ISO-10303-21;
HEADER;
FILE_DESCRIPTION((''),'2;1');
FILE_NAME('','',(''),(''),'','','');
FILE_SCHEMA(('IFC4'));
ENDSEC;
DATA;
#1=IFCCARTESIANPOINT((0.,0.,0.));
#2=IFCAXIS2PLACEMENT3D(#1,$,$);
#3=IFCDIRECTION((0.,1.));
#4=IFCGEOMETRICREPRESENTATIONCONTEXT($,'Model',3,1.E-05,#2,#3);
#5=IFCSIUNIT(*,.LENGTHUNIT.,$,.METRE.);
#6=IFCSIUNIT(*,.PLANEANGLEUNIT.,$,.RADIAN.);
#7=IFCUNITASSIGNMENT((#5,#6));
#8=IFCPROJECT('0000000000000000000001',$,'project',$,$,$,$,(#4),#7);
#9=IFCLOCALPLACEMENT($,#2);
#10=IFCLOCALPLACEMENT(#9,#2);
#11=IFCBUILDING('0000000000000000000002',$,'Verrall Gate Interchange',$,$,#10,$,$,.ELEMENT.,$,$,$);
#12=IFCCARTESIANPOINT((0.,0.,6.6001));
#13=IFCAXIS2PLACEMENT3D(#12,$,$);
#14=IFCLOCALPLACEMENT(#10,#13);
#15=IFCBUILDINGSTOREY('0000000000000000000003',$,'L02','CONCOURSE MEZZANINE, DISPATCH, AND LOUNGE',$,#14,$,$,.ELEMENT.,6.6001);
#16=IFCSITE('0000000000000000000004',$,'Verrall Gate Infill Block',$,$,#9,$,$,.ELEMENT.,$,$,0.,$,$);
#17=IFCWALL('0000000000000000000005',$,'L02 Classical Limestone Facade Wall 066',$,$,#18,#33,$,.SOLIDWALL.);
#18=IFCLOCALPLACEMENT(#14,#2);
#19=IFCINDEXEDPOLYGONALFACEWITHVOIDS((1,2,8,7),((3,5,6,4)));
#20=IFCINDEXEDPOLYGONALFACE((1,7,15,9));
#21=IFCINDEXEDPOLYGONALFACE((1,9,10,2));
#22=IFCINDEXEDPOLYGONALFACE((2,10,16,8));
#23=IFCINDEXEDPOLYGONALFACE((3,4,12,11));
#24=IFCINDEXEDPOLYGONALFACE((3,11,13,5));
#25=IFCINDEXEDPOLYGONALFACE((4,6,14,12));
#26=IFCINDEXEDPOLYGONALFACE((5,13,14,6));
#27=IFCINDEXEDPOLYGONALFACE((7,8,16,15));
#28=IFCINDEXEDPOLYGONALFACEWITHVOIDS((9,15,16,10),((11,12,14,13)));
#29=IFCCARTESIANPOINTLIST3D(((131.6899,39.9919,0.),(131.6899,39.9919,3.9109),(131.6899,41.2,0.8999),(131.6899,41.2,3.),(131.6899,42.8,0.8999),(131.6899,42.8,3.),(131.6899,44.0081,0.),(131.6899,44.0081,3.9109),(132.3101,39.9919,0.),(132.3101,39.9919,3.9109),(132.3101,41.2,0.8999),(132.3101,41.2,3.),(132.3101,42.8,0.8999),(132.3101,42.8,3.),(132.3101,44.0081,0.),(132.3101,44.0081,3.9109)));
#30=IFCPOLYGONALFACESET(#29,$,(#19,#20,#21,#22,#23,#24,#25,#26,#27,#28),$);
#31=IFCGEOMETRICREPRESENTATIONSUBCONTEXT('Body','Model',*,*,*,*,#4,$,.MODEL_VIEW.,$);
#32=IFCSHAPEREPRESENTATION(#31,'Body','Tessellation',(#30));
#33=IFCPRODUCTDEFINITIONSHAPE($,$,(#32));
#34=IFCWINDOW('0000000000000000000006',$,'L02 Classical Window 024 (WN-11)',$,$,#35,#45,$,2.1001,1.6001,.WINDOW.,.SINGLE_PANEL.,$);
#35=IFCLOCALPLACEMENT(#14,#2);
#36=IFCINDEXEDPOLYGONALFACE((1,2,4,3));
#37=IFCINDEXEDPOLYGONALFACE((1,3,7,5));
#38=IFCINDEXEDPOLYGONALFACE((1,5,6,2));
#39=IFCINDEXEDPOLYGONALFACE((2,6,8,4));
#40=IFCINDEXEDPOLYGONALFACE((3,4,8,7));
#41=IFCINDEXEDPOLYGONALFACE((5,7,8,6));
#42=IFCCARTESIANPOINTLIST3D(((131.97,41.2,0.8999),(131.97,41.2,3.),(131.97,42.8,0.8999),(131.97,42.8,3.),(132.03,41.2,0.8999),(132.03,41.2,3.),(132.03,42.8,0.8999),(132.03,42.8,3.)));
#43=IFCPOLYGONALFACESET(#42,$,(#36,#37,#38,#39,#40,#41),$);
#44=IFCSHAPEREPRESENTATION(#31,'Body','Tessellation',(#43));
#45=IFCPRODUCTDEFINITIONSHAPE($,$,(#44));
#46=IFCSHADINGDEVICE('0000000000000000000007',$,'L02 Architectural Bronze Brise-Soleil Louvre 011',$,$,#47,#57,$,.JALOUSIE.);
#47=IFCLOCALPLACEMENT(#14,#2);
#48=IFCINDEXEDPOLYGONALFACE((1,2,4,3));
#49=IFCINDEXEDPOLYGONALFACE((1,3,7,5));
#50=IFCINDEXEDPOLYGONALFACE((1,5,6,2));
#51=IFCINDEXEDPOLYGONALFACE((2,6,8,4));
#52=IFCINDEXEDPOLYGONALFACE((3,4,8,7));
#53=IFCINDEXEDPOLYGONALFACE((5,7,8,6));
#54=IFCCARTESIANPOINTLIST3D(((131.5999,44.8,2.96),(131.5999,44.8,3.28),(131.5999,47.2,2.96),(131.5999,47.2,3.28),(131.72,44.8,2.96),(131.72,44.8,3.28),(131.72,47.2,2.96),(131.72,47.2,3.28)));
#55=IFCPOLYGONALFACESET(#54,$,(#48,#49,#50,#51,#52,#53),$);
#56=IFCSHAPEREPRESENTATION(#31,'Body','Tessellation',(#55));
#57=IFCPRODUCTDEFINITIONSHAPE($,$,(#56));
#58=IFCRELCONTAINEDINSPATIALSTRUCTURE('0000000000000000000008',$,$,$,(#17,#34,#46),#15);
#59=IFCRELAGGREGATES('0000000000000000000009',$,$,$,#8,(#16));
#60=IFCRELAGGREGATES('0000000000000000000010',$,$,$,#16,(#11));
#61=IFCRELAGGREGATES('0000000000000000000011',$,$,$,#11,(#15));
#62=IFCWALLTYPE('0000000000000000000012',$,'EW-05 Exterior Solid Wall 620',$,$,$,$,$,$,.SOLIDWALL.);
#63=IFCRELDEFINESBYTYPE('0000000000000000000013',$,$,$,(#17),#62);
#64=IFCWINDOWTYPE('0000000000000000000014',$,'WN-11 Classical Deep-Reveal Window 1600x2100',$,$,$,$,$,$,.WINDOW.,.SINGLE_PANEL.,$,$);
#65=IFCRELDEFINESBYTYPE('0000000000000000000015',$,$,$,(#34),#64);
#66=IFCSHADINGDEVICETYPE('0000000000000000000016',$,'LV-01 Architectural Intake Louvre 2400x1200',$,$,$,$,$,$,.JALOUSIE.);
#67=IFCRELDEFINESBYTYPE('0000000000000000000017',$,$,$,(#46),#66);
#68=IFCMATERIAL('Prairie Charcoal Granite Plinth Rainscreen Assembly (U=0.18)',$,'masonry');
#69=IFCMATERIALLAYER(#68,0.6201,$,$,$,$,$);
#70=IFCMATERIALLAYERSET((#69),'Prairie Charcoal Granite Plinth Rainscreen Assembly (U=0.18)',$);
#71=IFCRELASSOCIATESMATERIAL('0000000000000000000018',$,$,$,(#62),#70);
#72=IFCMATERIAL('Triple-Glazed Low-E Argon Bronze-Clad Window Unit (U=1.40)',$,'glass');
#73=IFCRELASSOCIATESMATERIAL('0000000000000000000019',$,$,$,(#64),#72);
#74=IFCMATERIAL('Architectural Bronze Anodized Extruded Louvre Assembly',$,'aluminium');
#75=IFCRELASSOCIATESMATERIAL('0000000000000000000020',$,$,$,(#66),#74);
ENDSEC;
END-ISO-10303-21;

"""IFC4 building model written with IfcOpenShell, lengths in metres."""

from ifc_helpers import new_model, si_unit, direction, frame, frame_2d, origin, origin_2d, place, context, subcontext, project, spatial, rectangle, extrude, material, layer, layer_set, type_object, element, fill, save


model = new_model("IFC4")

# Units and contexts
model_context = context("Model", 3, precision=1e-05, world=origin(), true_north=direction((0.0, 1.0)))
body_context = subcontext(model_context, "Body", "Model", "MODEL_VIEW")
ifc_project = project(units=[si_unit("LENGTHUNIT", "METRE"), si_unit("PLANEANGLEUNIT", "RADIAN")], contexts=[model_context])

# Site, building, storey
site_placement = place(None, origin())
site = spatial("IfcSite", under=ifc_project, at=site_placement, Name="Verrall Gate Infill Block", CompositionType="ELEMENT", RefElevation=0.0)
building_placement = place(site_placement, origin())
building = spatial("IfcBuilding", under=site, at=building_placement, Name="Verrall Gate Interchange", CompositionType="ELEMENT")
storey_placement = place(building_placement, frame((0.0, 0.0, 6.6001)))
storey = spatial("IfcBuildingStorey", under=building, at=storey_placement, Name="L02", Description="CONCOURSE MEZZANINE, DISPATCH, AND LOUNGE", CompositionType="ELEMENT", Elevation=6.6001)

# Wall, opening, window
ifc_material_1 = material(Name="Prairie Charcoal Granite Plinth Rainscreen Assembly (U=0.18)", Category="masonry")
ifc_layer_1 = layer(ifc_material_1, 0.6201)
ifc_layer_set_1 = layer_set([ifc_layer_1], Name="Prairie Charcoal Granite Plinth Rainscreen Assembly (U=0.18)")
wall_type = type_object("IfcWallType", Name="EW-05 Exterior Solid Wall 620", PredefinedType="SOLIDWALL", material=ifc_layer_set_1)
wall_placement = place(storey_placement, frame((132.0, 44.0081, 0.0), z_axis=(0.0, 0.0, 1.0), x_axis=(0.0, -1.0, 0.0)))
wall = element("IfcWall", 1, at=wall_placement, inside=storey, type_object=wall_type, Name="L02 Classical Limestone Facade Wall 066", PredefinedType="SOLIDWALL", context=body_context, shape_type="SweptSolid", body=[
    extrude(rectangle(XDim=4.0161, YDim=0.6201, at=frame_2d((2.0081, 0.0))), origin(), (0.0, 0.0, 1.0), 3.9109),
])
opening_placement = place(wall_placement, frame((1.208, 0.0, 0.8999)))
opening = element("IfcOpeningElement", 2, at=opening_placement, cuts=wall, PredefinedType="OPENING", context=body_context, shape_type="SweptSolid", body=[
    extrude(rectangle(XDim=1.6001, YDim=2.1001, at=frame_2d((0.8, 1.05))), frame((0.0, 0.325, 0.0), z_axis=(0.0, -1.0, 0.0), x_axis=(1.0, 0.0, 0.0)), (0.0, 0.0, 1.0), 0.6499),
])
ifc_material_2 = material(Name="Triple-Glazed Low-E Argon Bronze-Clad Window Unit (U=1.40)", Category="glass")
window_type = type_object("IfcWindowType", Name="WN-11 Classical Deep-Reveal Window 1600x2100", PartitioningType="SINGLE_PANEL", PredefinedType="WINDOW", material=ifc_material_2)
window_placement = place(opening_placement, origin())
window = element("IfcWindow", 3, at=window_placement, inside=storey, type_object=window_type, Name="L02 Classical Window 024 (WN-11)", OverallHeight=2.1001, OverallWidth=1.6001, PartitioningType="SINGLE_PANEL", PredefinedType="WINDOW", context=body_context, shape_type="SweptSolid", body=[
    extrude(rectangle(XDim=1.6001, YDim=2.1001, at=frame_2d((0.8, 1.05))), frame((0.0, 0.03, 0.0), z_axis=(0.0, -1.0, 0.0), x_axis=(1.0, 0.0, 0.0)), (0.0, 0.0, 1.0), 0.0601),
])
fill(opening, window)

# Shading device
ifc_material_3 = material(Name="Architectural Bronze Anodized Extruded Louvre Assembly", Category="aluminium")
shading_device_type = type_object("IfcShadingDeviceType", Name="LV-01 Architectural Intake Louvre 2400x1200", PredefinedType="JALOUSIE", material=ifc_material_3)
shading_device_placement = place(storey_placement, frame((131.6599, 46.0, 2.96), z_axis=(0.0, 0.0, 1.0), x_axis=(0.0, -1.0, 0.0)))
element("IfcShadingDevice", 4, at=shading_device_placement, inside=storey, type_object=shading_device_type, Name="L02 Architectural Bronze Brise-Soleil Louvre 011", PredefinedType="JALOUSIE", context=body_context, shape_type="SweptSolid", body=[
    extrude(rectangle(XDim=2.3999, YDim=0.1201, at=origin_2d()), origin(), (0.0, 0.0, 1.0), 0.3201),
])

save(model, "model.ifc")
